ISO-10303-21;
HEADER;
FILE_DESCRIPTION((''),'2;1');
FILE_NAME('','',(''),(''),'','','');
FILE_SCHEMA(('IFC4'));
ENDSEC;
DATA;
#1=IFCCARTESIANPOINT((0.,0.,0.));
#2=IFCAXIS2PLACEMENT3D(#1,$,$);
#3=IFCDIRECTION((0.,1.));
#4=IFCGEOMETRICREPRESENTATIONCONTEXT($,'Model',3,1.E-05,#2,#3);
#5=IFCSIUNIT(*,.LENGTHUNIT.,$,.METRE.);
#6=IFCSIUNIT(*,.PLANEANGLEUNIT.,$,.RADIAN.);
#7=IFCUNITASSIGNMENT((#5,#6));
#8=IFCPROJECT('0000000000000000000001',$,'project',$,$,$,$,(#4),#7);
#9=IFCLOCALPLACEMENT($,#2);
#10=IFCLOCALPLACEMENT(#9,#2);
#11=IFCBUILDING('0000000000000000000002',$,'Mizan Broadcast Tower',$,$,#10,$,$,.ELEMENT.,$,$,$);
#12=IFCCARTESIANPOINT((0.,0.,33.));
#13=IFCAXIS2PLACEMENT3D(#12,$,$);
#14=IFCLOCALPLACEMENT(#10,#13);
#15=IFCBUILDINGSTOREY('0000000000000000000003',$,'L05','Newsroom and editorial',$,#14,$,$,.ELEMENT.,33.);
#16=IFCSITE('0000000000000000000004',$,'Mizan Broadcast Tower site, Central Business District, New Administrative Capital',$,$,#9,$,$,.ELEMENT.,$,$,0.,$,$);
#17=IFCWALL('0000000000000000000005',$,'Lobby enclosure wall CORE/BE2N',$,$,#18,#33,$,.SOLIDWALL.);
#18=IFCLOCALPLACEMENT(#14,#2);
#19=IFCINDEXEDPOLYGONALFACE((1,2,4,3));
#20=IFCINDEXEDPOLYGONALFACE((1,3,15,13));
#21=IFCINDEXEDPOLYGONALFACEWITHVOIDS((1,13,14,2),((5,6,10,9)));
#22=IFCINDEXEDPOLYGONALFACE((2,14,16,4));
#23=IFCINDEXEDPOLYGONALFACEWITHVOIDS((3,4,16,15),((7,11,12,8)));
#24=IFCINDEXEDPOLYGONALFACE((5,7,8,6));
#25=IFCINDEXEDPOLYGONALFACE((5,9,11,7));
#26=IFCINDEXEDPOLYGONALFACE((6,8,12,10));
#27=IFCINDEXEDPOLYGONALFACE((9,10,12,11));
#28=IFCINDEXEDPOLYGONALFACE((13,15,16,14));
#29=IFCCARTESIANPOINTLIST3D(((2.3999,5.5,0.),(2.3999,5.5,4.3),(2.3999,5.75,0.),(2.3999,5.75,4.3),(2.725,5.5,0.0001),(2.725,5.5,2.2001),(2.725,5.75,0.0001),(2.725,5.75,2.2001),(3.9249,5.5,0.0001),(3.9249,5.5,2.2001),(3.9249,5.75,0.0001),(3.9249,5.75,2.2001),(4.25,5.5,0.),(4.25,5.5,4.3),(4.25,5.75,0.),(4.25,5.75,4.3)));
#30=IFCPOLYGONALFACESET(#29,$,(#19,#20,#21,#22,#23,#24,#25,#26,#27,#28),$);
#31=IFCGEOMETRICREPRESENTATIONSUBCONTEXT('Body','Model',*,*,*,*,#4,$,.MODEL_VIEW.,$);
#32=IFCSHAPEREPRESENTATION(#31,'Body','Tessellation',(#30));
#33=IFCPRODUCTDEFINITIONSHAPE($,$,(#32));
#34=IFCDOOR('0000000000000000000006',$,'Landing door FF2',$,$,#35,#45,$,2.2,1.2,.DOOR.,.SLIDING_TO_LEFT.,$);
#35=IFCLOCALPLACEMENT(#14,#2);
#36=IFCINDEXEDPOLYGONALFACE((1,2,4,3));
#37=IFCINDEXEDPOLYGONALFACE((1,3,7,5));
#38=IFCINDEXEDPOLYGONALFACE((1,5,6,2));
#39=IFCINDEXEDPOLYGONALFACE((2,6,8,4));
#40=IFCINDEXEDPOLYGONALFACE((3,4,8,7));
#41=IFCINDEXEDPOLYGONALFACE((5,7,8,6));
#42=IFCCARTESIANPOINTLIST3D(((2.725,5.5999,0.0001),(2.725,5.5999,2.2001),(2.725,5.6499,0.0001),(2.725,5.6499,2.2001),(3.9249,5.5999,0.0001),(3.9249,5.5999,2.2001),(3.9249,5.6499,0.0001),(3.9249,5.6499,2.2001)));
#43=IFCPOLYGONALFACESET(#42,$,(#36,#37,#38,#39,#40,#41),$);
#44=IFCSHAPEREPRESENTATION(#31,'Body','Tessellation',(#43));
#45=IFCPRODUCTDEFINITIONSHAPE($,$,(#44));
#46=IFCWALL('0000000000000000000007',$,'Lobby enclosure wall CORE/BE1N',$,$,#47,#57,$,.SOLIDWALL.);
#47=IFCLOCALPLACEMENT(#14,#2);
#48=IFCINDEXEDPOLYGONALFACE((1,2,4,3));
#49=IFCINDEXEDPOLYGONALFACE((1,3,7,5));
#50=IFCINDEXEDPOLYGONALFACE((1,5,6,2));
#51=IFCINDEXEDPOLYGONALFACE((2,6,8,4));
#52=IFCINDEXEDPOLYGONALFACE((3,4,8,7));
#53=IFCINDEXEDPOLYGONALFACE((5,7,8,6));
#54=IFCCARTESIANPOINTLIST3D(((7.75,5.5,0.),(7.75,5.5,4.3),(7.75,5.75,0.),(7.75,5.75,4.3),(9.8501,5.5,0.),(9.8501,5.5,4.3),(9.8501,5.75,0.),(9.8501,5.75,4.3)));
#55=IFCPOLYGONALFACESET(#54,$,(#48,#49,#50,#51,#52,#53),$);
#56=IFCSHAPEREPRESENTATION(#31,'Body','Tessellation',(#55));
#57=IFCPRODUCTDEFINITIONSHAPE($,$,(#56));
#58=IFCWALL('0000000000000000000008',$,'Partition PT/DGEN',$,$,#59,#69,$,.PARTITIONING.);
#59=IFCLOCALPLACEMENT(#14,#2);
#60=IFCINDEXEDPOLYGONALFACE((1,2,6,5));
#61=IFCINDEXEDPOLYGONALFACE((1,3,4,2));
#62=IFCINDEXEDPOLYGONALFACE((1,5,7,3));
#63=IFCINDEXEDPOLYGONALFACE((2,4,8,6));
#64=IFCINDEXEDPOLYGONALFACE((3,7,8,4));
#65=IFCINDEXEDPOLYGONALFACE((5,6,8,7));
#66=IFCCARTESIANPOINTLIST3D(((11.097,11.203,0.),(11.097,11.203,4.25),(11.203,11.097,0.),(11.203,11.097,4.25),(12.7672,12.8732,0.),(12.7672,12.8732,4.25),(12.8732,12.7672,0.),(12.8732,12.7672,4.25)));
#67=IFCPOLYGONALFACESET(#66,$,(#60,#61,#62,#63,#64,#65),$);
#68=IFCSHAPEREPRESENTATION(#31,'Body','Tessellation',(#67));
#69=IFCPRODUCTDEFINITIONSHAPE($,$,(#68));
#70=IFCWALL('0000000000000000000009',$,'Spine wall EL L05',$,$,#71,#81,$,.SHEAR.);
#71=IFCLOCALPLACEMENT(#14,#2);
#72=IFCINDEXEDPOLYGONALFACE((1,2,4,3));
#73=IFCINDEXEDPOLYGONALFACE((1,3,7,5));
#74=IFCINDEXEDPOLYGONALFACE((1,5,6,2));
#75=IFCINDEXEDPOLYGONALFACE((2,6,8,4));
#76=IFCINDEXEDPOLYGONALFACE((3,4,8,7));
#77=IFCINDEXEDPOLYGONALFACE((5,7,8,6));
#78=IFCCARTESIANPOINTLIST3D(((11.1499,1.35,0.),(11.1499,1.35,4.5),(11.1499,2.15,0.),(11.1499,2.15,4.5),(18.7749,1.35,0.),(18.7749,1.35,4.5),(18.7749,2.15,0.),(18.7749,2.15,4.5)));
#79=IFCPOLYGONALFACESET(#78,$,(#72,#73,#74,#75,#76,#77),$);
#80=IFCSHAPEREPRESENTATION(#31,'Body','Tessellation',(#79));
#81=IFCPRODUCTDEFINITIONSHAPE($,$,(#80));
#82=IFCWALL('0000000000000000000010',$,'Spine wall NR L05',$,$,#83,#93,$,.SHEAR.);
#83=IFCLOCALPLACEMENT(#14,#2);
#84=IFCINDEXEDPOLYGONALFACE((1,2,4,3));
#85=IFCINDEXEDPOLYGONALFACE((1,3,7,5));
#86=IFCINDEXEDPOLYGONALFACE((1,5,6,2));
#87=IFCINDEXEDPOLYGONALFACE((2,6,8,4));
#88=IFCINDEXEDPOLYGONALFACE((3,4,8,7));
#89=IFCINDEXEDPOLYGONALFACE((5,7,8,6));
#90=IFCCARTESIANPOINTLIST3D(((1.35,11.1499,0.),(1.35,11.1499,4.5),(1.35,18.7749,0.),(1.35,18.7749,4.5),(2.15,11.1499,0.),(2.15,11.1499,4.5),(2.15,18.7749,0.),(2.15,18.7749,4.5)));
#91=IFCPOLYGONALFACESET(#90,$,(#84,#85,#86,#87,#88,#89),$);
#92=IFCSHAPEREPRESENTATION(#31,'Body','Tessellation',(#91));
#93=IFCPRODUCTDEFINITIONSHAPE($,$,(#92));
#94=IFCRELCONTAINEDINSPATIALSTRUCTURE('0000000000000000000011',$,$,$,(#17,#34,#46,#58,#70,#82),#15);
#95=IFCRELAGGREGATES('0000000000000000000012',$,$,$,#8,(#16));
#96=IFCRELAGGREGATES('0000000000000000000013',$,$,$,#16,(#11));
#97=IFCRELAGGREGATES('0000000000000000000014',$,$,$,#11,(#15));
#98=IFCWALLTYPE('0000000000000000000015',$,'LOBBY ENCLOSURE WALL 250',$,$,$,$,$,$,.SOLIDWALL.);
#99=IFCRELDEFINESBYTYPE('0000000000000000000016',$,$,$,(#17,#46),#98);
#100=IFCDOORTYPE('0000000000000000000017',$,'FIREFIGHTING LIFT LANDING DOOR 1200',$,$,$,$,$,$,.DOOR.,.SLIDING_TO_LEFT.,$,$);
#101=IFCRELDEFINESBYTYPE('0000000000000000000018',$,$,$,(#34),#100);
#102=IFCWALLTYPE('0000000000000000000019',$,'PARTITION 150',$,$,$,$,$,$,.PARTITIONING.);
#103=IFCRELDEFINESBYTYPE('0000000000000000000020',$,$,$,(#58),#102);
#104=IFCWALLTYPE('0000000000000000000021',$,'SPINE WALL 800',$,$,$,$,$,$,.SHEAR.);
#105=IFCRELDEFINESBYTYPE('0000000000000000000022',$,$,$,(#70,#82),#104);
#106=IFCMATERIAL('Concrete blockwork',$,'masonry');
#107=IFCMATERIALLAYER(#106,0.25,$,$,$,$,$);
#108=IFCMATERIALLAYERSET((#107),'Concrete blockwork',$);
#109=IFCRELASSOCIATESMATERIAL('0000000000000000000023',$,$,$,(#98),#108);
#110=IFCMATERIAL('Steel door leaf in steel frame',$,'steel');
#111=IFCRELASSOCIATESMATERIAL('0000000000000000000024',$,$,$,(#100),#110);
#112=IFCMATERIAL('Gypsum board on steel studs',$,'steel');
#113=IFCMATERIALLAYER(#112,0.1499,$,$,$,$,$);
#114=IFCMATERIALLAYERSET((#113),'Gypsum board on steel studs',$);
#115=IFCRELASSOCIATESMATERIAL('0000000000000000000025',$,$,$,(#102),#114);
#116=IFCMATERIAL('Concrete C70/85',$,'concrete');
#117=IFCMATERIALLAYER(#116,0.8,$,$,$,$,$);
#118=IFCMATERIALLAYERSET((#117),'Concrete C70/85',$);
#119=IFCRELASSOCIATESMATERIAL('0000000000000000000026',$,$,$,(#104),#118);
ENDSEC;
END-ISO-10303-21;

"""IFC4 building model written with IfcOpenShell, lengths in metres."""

from ifc_helpers import new_model, si_unit, direction, frame, frame_2d, origin, place, context, subcontext, project, spatial, rectangle, extrude, material, layer, layer_set, type_object, element, fill, save


model = new_model("IFC4")

# Units and contexts
model_context = context("Model", 3, precision=1e-05, world=origin(), true_north=direction((0.0, 1.0)))
body_context = subcontext(model_context, "Body", "Model", "MODEL_VIEW")
ifc_project = project(units=[si_unit("LENGTHUNIT", "METRE"), si_unit("PLANEANGLEUNIT", "RADIAN")], contexts=[model_context])

# Site, building, storey
site_placement = place(None, origin())
site = spatial("IfcSite", under=ifc_project, at=site_placement, Name="Mizan Broadcast Tower site, Central Business District, New Administrative Capital", CompositionType="ELEMENT", RefElevation=0.0)
building_placement = place(site_placement, origin())
building = spatial("IfcBuilding", under=site, at=building_placement, Name="Mizan Broadcast Tower", CompositionType="ELEMENT")
storey_placement = place(building_placement, frame((0.0, 0.0, 33.0)))
storey = spatial("IfcBuildingStorey", under=building, at=storey_placement, Name="L05", Description="Newsroom and editorial", CompositionType="ELEMENT", Elevation=33.0)

# Wall, opening, door
ifc_material_1 = material(Name="Concrete blockwork", Category="masonry")
ifc_layer_1 = layer(ifc_material_1, 0.25)
ifc_layer_set_1 = layer_set([ifc_layer_1], Name="Concrete blockwork")
wall_type_1 = type_object("IfcWallType", Name="LOBBY ENCLOSURE WALL 250", PredefinedType="SOLIDWALL", material=ifc_layer_set_1)
wall_1_placement = place(storey_placement, frame((2.3999, 5.625, 0.0), z_axis=(0.0, 0.0, 1.0), x_axis=(1.0, 0.0, 0.0)))
wall_1 = element("IfcWall", 1, at=wall_1_placement, inside=storey, type_object=wall_type_1, Name="Lobby enclosure wall CORE/BE2N", PredefinedType="SOLIDWALL", context=body_context, shape_type="SweptSolid", body=[
    extrude(rectangle(XDim=1.8501, YDim=0.25, at=frame_2d((0.925, 0.0))), origin(), (0.0, 0.0, 1.0), 4.3),
])
opening_1_placement = place(wall_1_placement, frame((0.325, 0.0, 0.0)))
opening_1 = element("IfcOpeningElement", 2, at=opening_1_placement, cuts=wall_1, PredefinedType="OPENING", context=body_context, shape_type="SweptSolid", body=[
    extrude(rectangle(XDim=1.2, YDim=2.2, at=frame_2d((0.6001, 1.1001))), frame((0.0, 0.135, 0.0), z_axis=(0.0, -1.0, 0.0), x_axis=(1.0, 0.0, 0.0)), (0.0, 0.0, 1.0), 0.27),
])
ifc_material_2 = material(Name="Steel door leaf in steel frame", Category="steel")
door_type_1 = type_object("IfcDoorType", Name="FIREFIGHTING LIFT LANDING DOOR 1200", OperationType="SLIDING_TO_LEFT", PredefinedType="DOOR", material=ifc_material_2)
door_1_placement = place(opening_1_placement, origin())
door_1 = element("IfcDoor", 3, at=door_1_placement, inside=storey, type_object=door_type_1, Name="Landing door FF2", OperationType="SLIDING_TO_LEFT", OverallHeight=2.2, OverallWidth=1.2, PredefinedType="DOOR", context=body_context, shape_type="SweptSolid", body=[
    extrude(rectangle(XDim=1.2, YDim=2.2, at=frame_2d((0.6001, 1.1001))), frame((0.0, 0.0249, 0.0), z_axis=(0.0, -1.0, 0.0), x_axis=(1.0, 0.0, 0.0)), (0.0, 0.0, 1.0), 0.05),
])
fill(opening_1, door_1)

# Walls
wall_2_placement = place(storey_placement, frame((7.75, 5.625, 0.0), z_axis=(0.0, 0.0, 1.0), x_axis=(1.0, 0.0, 0.0)))
element("IfcWall", 4, at=wall_2_placement, inside=storey, type_object=wall_type_1, Name="Lobby enclosure wall CORE/BE1N", PredefinedType="SOLIDWALL", context=body_context, shape_type="SweptSolid", body=[
    extrude(rectangle(XDim=2.1001, YDim=0.25, at=frame_2d((1.05, 0.0))), origin(), (0.0, 0.0, 1.0), 4.3),
])
ifc_material_3 = material(Name="Gypsum board on steel studs", Category="steel")
ifc_layer_2 = layer(ifc_material_3, 0.1499)
ifc_layer_set_2 = layer_set([ifc_layer_2], Name="Gypsum board on steel studs")
wall_type_2 = type_object("IfcWallType", Name="PARTITION 150", PredefinedType="PARTITIONING", material=ifc_layer_set_2)
wall_3_placement = place(storey_placement, frame((11.1499, 11.1499, 0.0), z_axis=(0.0, 0.0, 1.0), x_axis=(0.707107, 0.707107, 0.0)))
element("IfcWall", 5, at=wall_3_placement, inside=storey, type_object=wall_type_2, Name="Partition PT/DGEN", PredefinedType="PARTITIONING", context=body_context, shape_type="SweptSolid", body=[
    extrude(rectangle(XDim=2.3621, YDim=0.1499, at=frame_2d((1.1812, 0.0))), origin(), (0.0, 0.0, 1.0), 4.25),
])
ifc_material_4 = material(Name="Concrete C70/85", Category="concrete")
ifc_layer_3 = layer(ifc_material_4, 0.8)
ifc_layer_set_3 = layer_set([ifc_layer_3], Name="Concrete C70/85")
wall_type_3 = type_object("IfcWallType", Name="SPINE WALL 800", PredefinedType="SHEAR", material=ifc_layer_set_3)
for number, where, z_axis, x_axis, name in (
    (6, (11.1499, 1.75, 0.0), (0.0, 0.0, 1.0), (1.0, 0.0, 0.0), "Spine wall EL L05"),
    (7, (1.75, 11.1499, 0.0), (0.0, 0.0, 1.0), (0.0, 1.0, 0.0), "Spine wall NR L05"),
):
    element("IfcWall", number, at=place(storey_placement, frame(where, z_axis=z_axis, x_axis=x_axis)), inside=storey, type_object=wall_type_3, Name=name, PredefinedType="SHEAR", context=body_context, shape_type="SweptSolid", body=[
        extrude(rectangle(XDim=7.625, YDim=0.8, at=frame_2d((3.8125, 0.0))), origin(), (0.0, 0.0, 1.0), 4.5),
    ])

save(model, "model.ifc")
